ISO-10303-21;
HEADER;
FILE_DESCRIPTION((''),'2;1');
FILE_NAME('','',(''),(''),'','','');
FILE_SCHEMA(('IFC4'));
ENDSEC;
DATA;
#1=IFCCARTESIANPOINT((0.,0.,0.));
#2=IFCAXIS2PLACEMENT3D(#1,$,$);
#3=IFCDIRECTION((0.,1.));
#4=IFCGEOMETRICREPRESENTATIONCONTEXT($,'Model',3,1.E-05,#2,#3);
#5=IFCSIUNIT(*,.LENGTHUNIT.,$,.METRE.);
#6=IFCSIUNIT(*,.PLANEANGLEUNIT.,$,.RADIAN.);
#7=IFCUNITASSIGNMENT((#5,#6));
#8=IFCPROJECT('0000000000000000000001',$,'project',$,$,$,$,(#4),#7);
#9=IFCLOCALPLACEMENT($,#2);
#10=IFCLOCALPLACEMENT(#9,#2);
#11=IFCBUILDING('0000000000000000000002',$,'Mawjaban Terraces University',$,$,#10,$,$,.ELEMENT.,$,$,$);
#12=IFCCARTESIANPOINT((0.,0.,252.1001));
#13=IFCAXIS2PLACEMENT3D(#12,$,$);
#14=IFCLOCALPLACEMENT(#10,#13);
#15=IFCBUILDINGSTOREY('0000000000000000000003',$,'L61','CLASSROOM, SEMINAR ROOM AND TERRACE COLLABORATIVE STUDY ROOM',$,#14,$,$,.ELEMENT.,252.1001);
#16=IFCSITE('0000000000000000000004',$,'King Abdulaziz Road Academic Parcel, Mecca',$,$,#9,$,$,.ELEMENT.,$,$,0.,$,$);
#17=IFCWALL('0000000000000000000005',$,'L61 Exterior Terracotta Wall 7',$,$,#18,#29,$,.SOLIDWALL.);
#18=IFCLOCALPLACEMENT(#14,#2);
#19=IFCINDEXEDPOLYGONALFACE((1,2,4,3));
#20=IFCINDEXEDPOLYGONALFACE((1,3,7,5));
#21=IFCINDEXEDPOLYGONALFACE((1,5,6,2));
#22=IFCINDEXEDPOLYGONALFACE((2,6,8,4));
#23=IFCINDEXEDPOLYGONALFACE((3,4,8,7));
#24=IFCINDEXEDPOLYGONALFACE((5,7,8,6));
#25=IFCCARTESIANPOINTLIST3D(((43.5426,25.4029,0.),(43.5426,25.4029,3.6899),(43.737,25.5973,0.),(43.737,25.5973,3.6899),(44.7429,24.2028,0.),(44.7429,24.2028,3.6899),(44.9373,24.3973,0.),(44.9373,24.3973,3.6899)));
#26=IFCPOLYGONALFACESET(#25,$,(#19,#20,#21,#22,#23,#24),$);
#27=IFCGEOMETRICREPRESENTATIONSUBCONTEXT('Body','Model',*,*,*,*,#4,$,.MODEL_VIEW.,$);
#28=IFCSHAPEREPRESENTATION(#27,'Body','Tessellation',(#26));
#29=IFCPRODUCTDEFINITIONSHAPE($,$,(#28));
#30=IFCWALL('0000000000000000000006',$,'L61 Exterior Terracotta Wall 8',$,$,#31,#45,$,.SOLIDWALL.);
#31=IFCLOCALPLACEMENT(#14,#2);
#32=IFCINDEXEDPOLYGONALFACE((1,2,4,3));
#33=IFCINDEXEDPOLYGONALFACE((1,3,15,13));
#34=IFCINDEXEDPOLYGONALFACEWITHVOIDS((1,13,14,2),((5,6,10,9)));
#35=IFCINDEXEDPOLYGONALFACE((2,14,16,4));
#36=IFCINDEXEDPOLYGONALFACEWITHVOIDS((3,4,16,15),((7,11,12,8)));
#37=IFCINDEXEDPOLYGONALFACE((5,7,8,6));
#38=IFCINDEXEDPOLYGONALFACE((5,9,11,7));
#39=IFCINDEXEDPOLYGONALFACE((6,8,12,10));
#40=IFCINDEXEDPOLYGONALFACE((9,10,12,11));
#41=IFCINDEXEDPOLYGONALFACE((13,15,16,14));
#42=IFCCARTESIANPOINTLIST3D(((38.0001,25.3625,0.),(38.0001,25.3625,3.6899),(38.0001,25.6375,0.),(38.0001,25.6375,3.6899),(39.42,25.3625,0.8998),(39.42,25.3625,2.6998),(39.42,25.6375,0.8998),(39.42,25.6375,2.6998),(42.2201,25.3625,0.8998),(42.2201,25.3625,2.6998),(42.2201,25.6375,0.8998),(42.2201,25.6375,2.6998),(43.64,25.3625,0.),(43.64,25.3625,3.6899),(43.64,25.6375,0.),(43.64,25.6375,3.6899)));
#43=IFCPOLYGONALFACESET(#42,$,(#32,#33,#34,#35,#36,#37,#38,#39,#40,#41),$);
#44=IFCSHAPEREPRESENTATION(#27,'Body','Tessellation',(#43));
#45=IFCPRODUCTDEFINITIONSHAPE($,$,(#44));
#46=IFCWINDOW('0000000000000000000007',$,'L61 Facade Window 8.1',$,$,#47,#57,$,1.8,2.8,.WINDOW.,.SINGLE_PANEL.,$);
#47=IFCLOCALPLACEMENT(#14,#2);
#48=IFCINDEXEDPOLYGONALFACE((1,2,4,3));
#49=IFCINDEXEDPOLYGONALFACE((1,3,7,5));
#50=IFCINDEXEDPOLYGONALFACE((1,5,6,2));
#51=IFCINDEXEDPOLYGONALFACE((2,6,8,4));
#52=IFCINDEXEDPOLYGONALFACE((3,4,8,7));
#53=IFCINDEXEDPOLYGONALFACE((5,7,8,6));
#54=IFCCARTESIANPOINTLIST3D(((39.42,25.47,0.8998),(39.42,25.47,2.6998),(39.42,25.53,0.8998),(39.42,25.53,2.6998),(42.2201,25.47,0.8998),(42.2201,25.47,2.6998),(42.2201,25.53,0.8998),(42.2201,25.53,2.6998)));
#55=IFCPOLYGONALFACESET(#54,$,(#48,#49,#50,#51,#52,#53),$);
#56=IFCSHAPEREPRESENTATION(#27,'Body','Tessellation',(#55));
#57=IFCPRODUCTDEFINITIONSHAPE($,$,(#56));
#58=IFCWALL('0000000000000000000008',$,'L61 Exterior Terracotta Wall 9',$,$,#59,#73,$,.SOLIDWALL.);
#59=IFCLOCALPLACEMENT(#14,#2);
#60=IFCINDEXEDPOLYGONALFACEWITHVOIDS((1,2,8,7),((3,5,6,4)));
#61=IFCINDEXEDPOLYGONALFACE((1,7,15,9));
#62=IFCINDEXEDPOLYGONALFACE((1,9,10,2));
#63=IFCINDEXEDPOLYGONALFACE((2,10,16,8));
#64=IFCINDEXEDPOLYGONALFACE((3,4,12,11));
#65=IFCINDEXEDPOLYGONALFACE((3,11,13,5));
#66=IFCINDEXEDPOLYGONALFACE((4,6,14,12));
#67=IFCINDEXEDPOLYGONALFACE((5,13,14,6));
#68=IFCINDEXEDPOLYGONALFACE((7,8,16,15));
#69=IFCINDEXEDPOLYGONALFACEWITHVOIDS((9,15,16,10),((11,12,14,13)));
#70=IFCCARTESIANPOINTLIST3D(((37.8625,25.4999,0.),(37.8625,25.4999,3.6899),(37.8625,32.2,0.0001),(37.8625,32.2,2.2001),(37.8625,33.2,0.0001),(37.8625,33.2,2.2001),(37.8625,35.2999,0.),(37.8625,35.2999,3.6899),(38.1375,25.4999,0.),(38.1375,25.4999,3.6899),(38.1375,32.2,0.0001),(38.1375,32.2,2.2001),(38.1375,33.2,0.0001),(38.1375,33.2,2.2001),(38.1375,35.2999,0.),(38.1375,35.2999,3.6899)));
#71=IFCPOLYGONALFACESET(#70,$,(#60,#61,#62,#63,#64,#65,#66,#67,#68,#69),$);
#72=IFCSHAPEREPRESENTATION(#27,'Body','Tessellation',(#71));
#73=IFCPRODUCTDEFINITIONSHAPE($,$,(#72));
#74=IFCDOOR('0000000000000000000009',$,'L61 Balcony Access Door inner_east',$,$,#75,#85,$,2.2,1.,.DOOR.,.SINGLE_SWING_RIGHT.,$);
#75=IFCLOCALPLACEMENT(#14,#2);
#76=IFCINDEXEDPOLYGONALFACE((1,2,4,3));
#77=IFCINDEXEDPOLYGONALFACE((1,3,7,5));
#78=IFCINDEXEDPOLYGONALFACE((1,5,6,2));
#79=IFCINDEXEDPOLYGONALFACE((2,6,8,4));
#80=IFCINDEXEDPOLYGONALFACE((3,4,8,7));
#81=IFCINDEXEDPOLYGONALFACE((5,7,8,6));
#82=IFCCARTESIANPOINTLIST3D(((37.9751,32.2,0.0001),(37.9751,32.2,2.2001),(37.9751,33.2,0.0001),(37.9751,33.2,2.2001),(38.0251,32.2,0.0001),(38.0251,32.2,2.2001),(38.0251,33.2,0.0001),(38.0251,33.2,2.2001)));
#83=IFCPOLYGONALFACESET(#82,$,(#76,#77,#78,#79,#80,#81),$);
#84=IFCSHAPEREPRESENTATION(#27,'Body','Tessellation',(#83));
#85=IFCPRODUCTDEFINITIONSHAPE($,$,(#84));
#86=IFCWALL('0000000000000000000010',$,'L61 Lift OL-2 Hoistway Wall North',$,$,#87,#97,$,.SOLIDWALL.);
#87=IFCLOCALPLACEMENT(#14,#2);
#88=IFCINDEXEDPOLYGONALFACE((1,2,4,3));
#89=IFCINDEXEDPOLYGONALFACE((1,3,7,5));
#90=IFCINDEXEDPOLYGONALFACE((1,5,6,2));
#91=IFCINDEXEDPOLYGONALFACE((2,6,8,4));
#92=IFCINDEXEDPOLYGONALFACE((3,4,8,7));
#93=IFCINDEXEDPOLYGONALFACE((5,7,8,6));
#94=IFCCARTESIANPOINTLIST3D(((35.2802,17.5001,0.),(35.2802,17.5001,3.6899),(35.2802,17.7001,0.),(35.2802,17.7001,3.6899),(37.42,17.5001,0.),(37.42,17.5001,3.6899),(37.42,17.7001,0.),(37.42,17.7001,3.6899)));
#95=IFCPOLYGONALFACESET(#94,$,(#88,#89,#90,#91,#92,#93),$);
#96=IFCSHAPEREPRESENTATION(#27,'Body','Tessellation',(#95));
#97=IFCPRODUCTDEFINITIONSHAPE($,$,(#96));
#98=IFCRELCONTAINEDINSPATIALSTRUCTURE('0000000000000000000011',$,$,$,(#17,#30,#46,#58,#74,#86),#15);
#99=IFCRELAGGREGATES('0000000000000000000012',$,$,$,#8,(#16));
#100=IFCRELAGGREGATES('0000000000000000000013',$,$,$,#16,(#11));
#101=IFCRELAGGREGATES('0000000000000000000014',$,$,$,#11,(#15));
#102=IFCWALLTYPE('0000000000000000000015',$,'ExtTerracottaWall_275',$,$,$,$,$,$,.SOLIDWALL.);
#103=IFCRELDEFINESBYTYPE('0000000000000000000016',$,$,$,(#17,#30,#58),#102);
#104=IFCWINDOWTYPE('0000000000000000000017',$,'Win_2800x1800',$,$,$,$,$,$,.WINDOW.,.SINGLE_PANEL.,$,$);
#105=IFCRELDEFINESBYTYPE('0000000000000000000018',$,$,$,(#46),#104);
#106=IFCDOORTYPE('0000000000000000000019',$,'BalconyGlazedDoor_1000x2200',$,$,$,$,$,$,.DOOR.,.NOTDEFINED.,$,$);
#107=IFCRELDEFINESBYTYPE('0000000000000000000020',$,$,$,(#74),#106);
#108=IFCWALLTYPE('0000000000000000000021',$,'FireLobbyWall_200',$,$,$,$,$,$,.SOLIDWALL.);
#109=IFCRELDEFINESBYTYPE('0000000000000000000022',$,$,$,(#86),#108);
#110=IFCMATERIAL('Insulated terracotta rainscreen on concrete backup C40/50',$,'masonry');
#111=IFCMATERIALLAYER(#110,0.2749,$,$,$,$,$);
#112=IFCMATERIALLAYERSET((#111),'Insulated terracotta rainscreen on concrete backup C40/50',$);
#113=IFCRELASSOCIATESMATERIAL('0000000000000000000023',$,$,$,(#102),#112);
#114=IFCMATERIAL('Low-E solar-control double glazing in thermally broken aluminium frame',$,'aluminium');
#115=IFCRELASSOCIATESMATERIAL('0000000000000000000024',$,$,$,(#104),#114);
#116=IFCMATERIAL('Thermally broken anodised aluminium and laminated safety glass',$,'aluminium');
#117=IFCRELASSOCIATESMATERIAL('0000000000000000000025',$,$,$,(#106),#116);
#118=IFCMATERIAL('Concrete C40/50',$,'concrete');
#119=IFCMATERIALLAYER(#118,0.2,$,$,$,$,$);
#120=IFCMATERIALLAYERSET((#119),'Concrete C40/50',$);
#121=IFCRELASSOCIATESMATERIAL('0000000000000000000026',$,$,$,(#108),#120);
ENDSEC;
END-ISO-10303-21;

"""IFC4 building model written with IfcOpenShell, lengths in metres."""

from ifc_helpers import new_model, si_unit, direction, frame, frame_2d, origin, place, context, subcontext, project, spatial, rectangle, extrude, material, layer, layer_set, type_object, element, fill, save


model = new_model("IFC4")

# Units and contexts
model_context = context("Model", 3, precision=1e-05, world=origin(), true_north=direction((0.0, 1.0)))
body_context = subcontext(model_context, "Body", "Model", "MODEL_VIEW")
ifc_project = project(units=[si_unit("LENGTHUNIT", "METRE"), si_unit("PLANEANGLEUNIT", "RADIAN")], contexts=[model_context])

# Site, building, storey
site_placement = place(None, origin())
site = spatial("IfcSite", under=ifc_project, at=site_placement, Name="King Abdulaziz Road Academic Parcel, Mecca", CompositionType="ELEMENT", RefElevation=0.0)
building_placement = place(site_placement, origin())
building = spatial("IfcBuilding", under=site, at=building_placement, Name="Mawjaban Terraces University", CompositionType="ELEMENT")
storey_placement = place(building_placement, frame((0.0, 0.0, 252.1001)))
storey = spatial("IfcBuildingStorey", under=building, at=storey_placement, Name="L61", Description="CLASSROOM, SEMINAR ROOM AND TERRACE COLLABORATIVE STUDY ROOM", CompositionType="ELEMENT", Elevation=252.1001)

# Wall
ifc_material_1 = material(Name="Insulated terracotta rainscreen on concrete backup C40/50", Category="masonry")
ifc_layer_1 = layer(ifc_material_1, 0.2749)
ifc_layer_set_1 = layer_set([ifc_layer_1], Name="Insulated terracotta rainscreen on concrete backup C40/50")
wall_type_1 = type_object("IfcWallType", Name="ExtTerracottaWall_275", PredefinedType="SOLIDWALL", material=ifc_layer_set_1)
wall_1_placement = place(storey_placement, frame((44.8401, 24.3, 0.0), z_axis=(0.0, 0.0, 1.0), x_axis=(-0.707179, 0.707035, 0.0)))
element("IfcWall", 1, at=wall_1_placement, inside=storey, type_object=wall_type_1, Name="L61 Exterior Terracotta Wall 7", PredefinedType="SOLIDWALL", context=body_context, shape_type="SweptSolid", body=[
    extrude(rectangle(XDim=1.6973, YDim=0.2749, at=frame_2d((0.8486, 0.0))), origin(), (0.0, 0.0, 1.0), 3.6899),
])

# Wall, opening, window
wall_2_placement = place(storey_placement, frame((43.6399, 25.5, 0.0), z_axis=(0.0, 0.0, 1.0), x_axis=(-1.0, 0.0, 0.0)))
wall_2 = element("IfcWall", 2, at=wall_2_placement, inside=storey, type_object=wall_type_1, Name="L61 Exterior Terracotta Wall 8", PredefinedType="SOLIDWALL", context=body_context, shape_type="SweptSolid", body=[
    extrude(rectangle(XDim=5.6399, YDim=0.2749, at=frame_2d((2.8198, 0.0))), origin(), (0.0, 0.0, 1.0), 3.6899),
])
opening_1_placement = place(wall_2_placement, frame((1.4199, 0.0, 0.8999)))
opening_1 = element("IfcOpeningElement", 3, at=opening_1_placement, cuts=wall_2, PredefinedType="OPENING", context=body_context, shape_type="SweptSolid", body=[
    extrude(rectangle(XDim=2.8, YDim=1.8, at=frame_2d((1.3999, 0.8999))), frame((0.0, 0.1475, 0.0), z_axis=(0.0, -1.0, 0.0), x_axis=(1.0, 0.0, 0.0)), (0.0, 0.0, 1.0), 0.2949),
])
ifc_material_2 = material(Name="Low-E solar-control double glazing in thermally broken aluminium frame", Category="aluminium")
window_type = type_object("IfcWindowType", Name="Win_2800x1800", PartitioningType="SINGLE_PANEL", PredefinedType="WINDOW", material=ifc_material_2)
window_placement = place(opening_1_placement, origin())
window = element("IfcWindow", 4, at=window_placement, inside=storey, type_object=window_type, Name="L61 Facade Window 8.1", OverallHeight=1.8, OverallWidth=2.8, PartitioningType="SINGLE_PANEL", PredefinedType="WINDOW", context=body_context, shape_type="SweptSolid", body=[
    extrude(rectangle(XDim=2.8, YDim=1.8, at=frame_2d((1.3999, 0.8999))), frame((0.0, 0.03, 0.0), z_axis=(0.0, -1.0, 0.0), x_axis=(1.0, 0.0, 0.0)), (0.0, 0.0, 1.0), 0.0601),
])
fill(opening_1, window)

# Wall, opening, door
wall_3_placement = place(storey_placement, frame((38.0, 25.5, 0.0), z_axis=(0.0, 0.0, 1.0), x_axis=(0.0, 1.0, 0.0)))
wall_3 = element("IfcWall", 5, at=wall_3_placement, inside=storey, type_object=wall_type_1, Name="L61 Exterior Terracotta Wall 9", PredefinedType="SOLIDWALL", context=body_context, shape_type="SweptSolid", body=[
    extrude(rectangle(XDim=9.8, YDim=0.2749, at=frame_2d((4.8999, 0.0))), origin(), (0.0, 0.0, 1.0), 3.6899),
])
opening_2_placement = place(wall_3_placement, frame((6.7, 0.0, 0.0)))
opening_2 = element("IfcOpeningElement", 6, at=opening_2_placement, cuts=wall_3, PredefinedType="OPENING", context=body_context, shape_type="SweptSolid", body=[
    extrude(rectangle(XDim=1.0, YDim=2.2, at=frame_2d((0.5, 1.1001))), frame((0.0, 0.1475, 0.0), z_axis=(0.0, -1.0, 0.0), x_axis=(1.0, 0.0, 0.0)), (0.0, 0.0, 1.0), 0.2949),
])
ifc_material_3 = material(Name="Thermally broken anodised aluminium and laminated safety glass", Category="aluminium")
door_type_1 = type_object("IfcDoorType", Name="BalconyGlazedDoor_1000x2200", OperationType="NOTDEFINED", PredefinedType="DOOR", material=ifc_material_3)
door_1_placement = place(opening_2_placement, origin())
door_1 = element("IfcDoor", 7, at=door_1_placement, inside=storey, type_object=door_type_1, Name="L61 Balcony Access Door inner_east", OperationType="SINGLE_SWING_RIGHT", OverallHeight=2.2, OverallWidth=1.0, PredefinedType="DOOR", context=body_context, shape_type="SweptSolid", body=[
    extrude(rectangle(XDim=1.0, YDim=2.2, at=frame_2d((0.5, 1.1001))), frame((0.0, 0.0249, 0.0), z_axis=(0.0, -1.0, 0.0), x_axis=(1.0, 0.0, 0.0)), (0.0, 0.0, 1.0), 0.05),
])
fill(opening_2, door_1)

# Wall
ifc_material_4 = material(Name="Concrete C40/50", Category="concrete")
ifc_layer_2 = layer(ifc_material_4, 0.2)
ifc_layer_set_2 = layer_set([ifc_layer_2], Name="Concrete C40/50")
wall_type_2 = type_object("IfcWallType", Name="FireLobbyWall_200", PredefinedType="SOLIDWALL", material=ifc_layer_set_2)
wall_4_placement = place(storey_placement, frame((37.4199, 17.6001, 0.0), z_axis=(0.0, 0.0, 1.0), x_axis=(-1.0, 0.0, 0.0)))
element("IfcWall", 8, at=wall_4_placement, inside=storey, type_object=wall_type_2, Name="L61 Lift OL-2 Hoistway Wall North", PredefinedType="SOLIDWALL", context=body_context, shape_type="SweptSolid", body=[
    extrude(rectangle(XDim=2.1399, YDim=0.2, at=frame_2d((1.0698, 0.0))), origin(), (0.0, 0.0, 1.0), 3.6899),
])

save(model, "model.ifc")
